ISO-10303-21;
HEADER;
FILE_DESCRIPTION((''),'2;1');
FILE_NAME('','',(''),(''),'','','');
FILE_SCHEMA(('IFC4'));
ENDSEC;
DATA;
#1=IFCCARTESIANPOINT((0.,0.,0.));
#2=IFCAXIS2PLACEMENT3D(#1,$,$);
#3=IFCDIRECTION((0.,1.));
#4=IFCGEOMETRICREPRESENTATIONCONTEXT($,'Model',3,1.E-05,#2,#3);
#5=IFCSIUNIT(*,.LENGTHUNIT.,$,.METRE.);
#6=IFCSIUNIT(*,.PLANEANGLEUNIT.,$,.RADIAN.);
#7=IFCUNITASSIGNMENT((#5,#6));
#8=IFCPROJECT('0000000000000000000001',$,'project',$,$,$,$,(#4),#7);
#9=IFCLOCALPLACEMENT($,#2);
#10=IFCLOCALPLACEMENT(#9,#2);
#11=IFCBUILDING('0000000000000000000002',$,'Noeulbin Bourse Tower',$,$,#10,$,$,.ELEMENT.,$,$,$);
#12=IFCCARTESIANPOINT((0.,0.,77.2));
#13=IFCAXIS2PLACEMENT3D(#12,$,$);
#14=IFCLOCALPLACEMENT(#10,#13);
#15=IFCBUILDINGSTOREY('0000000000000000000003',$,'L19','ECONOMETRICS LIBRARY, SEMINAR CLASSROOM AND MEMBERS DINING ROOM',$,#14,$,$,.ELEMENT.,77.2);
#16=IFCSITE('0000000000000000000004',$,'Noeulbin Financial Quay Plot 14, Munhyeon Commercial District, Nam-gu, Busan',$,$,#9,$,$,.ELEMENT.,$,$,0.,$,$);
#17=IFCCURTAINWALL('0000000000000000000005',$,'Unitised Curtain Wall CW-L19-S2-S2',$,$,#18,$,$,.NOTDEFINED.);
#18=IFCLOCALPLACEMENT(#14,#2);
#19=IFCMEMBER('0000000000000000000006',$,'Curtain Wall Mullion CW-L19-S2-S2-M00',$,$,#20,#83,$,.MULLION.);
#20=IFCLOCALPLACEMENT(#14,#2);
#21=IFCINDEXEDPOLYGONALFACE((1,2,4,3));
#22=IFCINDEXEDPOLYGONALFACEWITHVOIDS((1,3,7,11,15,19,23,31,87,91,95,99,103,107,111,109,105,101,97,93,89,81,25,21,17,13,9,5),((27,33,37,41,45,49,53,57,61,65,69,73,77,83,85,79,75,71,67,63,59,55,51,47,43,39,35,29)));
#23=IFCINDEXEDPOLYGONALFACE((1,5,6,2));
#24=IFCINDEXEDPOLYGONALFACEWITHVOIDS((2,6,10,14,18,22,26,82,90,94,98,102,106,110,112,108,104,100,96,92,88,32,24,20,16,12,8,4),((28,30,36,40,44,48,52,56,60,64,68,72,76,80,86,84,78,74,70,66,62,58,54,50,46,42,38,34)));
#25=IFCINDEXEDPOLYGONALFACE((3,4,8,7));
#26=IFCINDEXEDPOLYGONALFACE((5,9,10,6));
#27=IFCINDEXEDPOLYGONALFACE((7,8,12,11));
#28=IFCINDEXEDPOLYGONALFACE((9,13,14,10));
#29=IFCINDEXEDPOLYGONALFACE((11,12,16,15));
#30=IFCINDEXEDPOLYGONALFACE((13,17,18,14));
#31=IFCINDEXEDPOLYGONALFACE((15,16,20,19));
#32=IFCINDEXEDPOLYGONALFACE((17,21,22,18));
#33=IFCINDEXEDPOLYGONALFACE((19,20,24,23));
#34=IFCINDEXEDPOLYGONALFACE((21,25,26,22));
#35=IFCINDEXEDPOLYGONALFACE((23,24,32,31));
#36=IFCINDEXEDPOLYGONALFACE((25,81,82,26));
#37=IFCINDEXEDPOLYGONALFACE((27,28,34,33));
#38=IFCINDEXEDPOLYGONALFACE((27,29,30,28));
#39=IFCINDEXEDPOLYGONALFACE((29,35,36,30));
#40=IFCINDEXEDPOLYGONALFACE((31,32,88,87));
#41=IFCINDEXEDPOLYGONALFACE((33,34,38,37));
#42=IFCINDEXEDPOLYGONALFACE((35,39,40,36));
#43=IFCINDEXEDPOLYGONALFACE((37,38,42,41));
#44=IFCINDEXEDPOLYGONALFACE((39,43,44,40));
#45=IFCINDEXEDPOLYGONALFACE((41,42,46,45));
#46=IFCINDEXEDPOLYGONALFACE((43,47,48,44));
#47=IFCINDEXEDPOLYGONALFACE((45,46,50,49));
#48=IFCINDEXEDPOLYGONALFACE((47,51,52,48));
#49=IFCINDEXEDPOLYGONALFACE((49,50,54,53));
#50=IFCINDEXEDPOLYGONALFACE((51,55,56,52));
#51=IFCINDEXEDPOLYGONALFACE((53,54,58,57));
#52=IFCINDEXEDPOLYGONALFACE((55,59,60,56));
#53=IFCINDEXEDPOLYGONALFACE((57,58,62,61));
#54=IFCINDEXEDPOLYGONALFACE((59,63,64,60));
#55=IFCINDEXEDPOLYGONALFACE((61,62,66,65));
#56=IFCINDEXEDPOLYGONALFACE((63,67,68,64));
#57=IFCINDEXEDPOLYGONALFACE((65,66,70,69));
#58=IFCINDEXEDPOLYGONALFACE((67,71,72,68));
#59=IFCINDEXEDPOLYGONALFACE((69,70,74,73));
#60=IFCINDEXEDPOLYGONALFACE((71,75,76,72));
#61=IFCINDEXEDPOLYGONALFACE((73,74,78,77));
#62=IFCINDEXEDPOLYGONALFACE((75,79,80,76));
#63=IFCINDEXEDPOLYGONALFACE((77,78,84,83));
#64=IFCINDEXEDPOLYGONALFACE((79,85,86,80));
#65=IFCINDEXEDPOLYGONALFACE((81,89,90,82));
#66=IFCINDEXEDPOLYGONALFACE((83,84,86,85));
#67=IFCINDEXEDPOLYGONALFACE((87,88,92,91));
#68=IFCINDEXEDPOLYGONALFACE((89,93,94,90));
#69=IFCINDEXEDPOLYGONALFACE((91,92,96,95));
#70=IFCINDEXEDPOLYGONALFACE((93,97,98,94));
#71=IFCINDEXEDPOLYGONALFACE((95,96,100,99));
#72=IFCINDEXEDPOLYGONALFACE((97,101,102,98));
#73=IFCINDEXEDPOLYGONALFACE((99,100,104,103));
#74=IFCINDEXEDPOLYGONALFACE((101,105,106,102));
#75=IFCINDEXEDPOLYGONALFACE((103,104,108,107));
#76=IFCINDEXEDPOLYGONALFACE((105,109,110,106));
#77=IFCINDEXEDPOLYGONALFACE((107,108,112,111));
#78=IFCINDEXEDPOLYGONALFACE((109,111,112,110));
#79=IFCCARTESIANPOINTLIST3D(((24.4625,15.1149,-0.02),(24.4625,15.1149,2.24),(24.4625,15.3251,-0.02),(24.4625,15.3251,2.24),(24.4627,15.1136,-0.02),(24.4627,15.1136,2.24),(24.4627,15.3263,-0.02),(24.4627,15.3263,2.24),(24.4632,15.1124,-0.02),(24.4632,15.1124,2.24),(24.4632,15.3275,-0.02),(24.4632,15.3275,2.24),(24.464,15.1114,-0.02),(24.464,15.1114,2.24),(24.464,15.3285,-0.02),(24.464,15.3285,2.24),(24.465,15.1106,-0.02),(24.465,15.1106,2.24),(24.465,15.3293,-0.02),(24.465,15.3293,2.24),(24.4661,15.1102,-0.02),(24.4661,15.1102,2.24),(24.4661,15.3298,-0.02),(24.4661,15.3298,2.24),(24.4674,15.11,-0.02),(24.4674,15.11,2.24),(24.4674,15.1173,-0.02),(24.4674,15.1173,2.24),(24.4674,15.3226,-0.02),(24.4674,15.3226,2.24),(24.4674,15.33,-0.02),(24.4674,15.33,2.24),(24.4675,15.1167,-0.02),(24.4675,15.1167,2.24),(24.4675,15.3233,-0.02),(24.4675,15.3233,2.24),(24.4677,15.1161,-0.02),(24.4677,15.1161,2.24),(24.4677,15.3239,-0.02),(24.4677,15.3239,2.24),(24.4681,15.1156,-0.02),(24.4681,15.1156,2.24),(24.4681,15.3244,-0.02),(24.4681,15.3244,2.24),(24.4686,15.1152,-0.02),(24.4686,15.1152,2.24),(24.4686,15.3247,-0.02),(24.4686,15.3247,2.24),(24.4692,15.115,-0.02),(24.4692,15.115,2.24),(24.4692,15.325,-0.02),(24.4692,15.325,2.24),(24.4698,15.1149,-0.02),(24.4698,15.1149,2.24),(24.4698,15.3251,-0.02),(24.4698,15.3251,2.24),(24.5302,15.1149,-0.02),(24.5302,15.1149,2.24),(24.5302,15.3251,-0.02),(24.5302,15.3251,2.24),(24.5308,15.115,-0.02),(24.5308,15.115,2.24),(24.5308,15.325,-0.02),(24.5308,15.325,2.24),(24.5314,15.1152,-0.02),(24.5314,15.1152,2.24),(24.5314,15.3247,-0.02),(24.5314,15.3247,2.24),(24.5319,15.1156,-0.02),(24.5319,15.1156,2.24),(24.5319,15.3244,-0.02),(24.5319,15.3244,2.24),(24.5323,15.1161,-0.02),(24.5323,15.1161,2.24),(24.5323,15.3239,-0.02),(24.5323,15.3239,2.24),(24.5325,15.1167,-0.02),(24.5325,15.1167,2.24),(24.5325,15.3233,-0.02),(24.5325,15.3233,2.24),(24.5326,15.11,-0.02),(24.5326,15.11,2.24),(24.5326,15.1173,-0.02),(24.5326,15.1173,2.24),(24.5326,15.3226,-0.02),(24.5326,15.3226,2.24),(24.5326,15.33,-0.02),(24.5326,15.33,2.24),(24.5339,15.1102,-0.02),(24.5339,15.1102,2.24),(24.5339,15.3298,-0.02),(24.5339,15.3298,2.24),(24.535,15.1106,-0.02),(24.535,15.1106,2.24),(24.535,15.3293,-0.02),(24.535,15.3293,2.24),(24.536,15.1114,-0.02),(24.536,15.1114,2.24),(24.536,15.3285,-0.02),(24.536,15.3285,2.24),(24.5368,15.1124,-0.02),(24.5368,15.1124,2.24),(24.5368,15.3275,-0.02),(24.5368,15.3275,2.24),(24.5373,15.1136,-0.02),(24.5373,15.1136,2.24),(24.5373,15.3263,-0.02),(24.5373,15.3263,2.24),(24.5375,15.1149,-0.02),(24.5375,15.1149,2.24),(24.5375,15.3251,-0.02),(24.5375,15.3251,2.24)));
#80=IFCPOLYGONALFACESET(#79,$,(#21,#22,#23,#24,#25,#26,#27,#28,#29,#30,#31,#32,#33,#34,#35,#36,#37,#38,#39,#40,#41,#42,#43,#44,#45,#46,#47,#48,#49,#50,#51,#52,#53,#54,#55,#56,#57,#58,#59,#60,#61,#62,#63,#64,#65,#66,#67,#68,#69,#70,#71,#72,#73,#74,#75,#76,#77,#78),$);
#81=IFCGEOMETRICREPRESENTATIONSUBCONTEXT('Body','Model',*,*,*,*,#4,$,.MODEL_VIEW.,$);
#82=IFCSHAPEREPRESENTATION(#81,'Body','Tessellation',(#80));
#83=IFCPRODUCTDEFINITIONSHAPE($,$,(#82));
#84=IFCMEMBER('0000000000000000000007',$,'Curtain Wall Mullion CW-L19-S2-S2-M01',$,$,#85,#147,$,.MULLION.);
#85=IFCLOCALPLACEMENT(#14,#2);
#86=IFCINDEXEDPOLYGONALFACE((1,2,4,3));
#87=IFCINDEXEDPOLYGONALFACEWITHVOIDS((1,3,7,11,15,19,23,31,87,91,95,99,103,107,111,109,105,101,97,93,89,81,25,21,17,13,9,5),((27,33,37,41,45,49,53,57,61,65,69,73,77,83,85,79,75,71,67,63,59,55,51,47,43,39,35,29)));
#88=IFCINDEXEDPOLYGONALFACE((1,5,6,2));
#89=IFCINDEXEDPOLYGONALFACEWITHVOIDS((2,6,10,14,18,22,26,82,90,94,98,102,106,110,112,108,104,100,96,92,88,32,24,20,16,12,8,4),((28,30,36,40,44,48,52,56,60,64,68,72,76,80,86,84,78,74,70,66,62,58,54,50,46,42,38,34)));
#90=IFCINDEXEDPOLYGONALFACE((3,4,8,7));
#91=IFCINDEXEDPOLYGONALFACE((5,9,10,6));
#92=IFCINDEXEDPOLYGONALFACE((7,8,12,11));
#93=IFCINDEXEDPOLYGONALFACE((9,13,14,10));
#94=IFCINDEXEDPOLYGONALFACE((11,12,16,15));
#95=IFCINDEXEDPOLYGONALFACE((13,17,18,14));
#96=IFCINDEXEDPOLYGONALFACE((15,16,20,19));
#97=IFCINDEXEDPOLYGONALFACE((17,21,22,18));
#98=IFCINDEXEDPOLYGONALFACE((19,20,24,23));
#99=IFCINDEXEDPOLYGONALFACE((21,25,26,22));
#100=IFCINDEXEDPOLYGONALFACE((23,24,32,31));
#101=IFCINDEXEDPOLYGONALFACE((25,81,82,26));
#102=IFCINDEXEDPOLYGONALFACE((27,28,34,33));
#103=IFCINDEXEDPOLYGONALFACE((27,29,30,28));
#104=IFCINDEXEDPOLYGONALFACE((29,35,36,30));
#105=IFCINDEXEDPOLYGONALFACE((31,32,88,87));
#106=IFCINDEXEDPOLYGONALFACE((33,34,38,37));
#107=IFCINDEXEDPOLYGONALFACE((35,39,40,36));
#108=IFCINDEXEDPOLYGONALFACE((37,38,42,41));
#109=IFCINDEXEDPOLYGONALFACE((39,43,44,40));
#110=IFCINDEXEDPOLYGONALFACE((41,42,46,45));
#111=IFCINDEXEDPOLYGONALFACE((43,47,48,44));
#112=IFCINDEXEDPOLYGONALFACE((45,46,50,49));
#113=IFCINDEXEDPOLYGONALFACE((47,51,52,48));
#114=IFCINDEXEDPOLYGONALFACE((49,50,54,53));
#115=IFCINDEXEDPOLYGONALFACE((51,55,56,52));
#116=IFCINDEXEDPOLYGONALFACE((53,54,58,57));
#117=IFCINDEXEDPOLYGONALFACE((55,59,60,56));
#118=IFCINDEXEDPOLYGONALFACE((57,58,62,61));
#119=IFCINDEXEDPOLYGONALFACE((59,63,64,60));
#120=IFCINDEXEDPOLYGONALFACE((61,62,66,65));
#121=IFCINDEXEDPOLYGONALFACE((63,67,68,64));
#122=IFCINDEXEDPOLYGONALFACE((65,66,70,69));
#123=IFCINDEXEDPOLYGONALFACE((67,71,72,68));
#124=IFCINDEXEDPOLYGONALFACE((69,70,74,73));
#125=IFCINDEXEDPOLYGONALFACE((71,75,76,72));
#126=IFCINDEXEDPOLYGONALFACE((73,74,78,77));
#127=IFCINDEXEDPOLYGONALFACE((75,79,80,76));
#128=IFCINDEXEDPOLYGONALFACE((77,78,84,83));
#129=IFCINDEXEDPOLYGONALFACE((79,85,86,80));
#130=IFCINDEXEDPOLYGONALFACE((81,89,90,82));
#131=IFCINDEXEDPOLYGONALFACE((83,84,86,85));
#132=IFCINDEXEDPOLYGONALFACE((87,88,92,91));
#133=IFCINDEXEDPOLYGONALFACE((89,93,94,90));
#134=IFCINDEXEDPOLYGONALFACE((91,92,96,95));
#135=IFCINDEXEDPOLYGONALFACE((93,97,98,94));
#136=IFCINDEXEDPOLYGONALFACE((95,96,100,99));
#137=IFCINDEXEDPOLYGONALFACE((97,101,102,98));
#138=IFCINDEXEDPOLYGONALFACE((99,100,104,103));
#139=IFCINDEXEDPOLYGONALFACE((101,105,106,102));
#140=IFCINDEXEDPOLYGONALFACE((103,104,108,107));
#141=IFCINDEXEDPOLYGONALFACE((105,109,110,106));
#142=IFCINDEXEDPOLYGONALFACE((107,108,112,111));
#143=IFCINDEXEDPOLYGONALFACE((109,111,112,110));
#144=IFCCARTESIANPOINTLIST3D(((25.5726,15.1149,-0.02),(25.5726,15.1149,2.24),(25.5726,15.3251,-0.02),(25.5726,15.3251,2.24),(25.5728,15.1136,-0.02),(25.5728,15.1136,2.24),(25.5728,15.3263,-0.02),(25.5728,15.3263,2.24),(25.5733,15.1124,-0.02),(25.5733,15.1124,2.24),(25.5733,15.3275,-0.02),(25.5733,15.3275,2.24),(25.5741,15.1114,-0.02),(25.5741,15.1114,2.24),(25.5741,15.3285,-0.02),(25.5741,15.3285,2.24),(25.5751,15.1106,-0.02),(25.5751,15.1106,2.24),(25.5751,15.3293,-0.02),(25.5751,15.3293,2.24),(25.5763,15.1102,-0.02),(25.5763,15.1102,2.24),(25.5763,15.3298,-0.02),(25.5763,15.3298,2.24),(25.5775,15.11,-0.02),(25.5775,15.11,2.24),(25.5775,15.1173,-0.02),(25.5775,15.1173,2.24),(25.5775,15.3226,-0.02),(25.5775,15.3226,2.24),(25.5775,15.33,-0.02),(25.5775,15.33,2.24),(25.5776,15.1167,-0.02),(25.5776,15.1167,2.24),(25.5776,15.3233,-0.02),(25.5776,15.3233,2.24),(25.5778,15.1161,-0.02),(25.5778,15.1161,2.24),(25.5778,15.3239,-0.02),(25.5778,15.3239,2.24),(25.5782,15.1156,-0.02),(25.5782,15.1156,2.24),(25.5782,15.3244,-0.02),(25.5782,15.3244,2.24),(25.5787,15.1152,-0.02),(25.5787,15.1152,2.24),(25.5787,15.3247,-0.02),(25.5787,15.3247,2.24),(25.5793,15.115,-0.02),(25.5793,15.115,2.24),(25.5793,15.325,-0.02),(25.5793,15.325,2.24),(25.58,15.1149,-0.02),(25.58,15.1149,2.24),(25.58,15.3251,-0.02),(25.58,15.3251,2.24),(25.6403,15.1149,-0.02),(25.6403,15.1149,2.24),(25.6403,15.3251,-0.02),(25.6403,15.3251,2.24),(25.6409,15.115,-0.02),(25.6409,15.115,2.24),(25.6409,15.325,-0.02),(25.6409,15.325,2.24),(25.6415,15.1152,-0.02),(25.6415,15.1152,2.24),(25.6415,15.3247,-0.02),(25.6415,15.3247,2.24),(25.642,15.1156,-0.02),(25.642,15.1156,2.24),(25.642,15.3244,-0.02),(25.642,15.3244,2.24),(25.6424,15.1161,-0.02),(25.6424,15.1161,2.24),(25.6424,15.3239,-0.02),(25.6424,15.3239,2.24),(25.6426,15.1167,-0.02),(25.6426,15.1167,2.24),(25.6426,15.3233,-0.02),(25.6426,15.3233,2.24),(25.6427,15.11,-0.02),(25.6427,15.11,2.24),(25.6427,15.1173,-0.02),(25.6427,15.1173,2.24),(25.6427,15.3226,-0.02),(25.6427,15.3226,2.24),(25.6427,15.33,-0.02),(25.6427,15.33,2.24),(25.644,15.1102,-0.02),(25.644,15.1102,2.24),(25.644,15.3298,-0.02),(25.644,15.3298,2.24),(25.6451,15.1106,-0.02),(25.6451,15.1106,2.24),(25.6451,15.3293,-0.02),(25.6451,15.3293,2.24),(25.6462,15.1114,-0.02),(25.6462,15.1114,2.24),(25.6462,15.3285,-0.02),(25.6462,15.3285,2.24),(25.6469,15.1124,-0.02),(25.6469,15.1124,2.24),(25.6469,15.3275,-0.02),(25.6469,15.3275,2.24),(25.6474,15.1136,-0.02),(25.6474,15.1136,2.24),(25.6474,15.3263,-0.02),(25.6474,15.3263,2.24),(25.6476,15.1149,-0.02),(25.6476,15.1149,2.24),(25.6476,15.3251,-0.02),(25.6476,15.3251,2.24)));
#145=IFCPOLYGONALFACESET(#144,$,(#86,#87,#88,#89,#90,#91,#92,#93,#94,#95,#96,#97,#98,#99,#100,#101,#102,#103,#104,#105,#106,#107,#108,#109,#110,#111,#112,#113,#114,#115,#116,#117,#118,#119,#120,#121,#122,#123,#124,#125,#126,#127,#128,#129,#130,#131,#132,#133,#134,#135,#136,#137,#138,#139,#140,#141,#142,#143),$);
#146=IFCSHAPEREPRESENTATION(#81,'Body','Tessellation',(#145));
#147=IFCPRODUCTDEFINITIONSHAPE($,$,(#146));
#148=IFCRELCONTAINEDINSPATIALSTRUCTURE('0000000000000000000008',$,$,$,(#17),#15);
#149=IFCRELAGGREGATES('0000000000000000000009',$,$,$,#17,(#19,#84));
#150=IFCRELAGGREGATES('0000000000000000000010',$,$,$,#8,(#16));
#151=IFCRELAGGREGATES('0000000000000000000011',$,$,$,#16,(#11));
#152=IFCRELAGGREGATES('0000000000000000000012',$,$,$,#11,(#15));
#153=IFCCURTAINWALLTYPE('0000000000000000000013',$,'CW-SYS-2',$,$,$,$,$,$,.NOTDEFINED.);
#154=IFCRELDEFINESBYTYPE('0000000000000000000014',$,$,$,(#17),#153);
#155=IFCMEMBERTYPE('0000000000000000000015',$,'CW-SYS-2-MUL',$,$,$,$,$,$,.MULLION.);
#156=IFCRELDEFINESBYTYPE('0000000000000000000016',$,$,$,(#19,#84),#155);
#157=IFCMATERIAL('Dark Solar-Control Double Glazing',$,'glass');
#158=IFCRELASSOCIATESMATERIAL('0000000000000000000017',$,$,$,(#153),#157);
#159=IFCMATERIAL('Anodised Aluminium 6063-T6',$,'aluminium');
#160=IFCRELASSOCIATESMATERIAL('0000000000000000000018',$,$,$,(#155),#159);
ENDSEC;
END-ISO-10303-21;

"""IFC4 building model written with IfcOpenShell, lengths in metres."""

from ifc_helpers import new_model, si_unit, direction, frame, origin, origin_2d, place, context, subcontext, project, spatial, hollow_rectangle, extrude, material, material_profile, profile_set, type_object, element, aggregate, save


model = new_model("IFC4")

# Units and contexts
model_context = context("Model", 3, precision=1e-05, world=origin(), true_north=direction((0.0, 1.0)))
body_context = subcontext(model_context, "Body", "Model", "MODEL_VIEW")
ifc_project = project(units=[si_unit("LENGTHUNIT", "METRE"), si_unit("PLANEANGLEUNIT", "RADIAN")], contexts=[model_context])

# Site, building, storey
site_placement = place(None, origin())
site = spatial("IfcSite", under=ifc_project, at=site_placement, Name="Noeulbin Financial Quay Plot 14, Munhyeon Commercial District, Nam-gu, Busan", CompositionType="ELEMENT", RefElevation=0.0)
building_placement = place(site_placement, origin())
building = spatial("IfcBuilding", under=site, at=building_placement, Name="Noeulbin Bourse Tower", CompositionType="ELEMENT")
storey_placement = place(building_placement, frame((0.0, 0.0, 77.2)))
storey = spatial("IfcBuildingStorey", under=building, at=storey_placement, Name="L19", Description="ECONOMETRICS LIBRARY, SEMINAR CLASSROOM AND MEMBERS DINING ROOM", CompositionType="ELEMENT", Elevation=77.2)

# Shared definitions
ifc_material_1 = material(Name="Dark Solar-Control Double Glazing", Category="glass")
curtain_wall_type = type_object("IfcCurtainWallType", Name="CW-SYS-2", PredefinedType="NOTDEFINED", material=ifc_material_1)
ifc_material_2 = material(Name="Anodised Aluminium 6063-T6", Category="aluminium")
ifc_material_profile_1 = material_profile(ifc_material_2, hollow_rectangle(XDim=0.075, YDim=0.22, WallThickness=0.0049, InnerFilletRadius=0.0024, OuterFilletRadius=0.0049, at=origin_2d()), Name="ALU-MULL-75x220x5", Category="LoadBearing")
ifc_profile_set_1 = profile_set([ifc_material_profile_1], Name="Anodised Aluminium 6063-T6")
member_type_1 = type_object("IfcMemberType", Name="CW-SYS-2-MUL", PredefinedType="MULLION", material=ifc_profile_set_1)

# Curtain wall, members
curtain_wall_1_placement = place(storey_placement, origin())
curtain_wall_1 = element("IfcCurtainWall", 1, at=curtain_wall_1_placement, inside=storey, type_object=curtain_wall_type, Name="Unitised Curtain Wall CW-L19-S2-S2", PredefinedType="NOTDEFINED")
member_1_placement = place(storey_placement, frame((24.5, 15.22, -0.02), z_axis=(0.0, 0.0, 1.0), x_axis=(1.0, 0.0, 0.0)))
member_1 = element("IfcMember", 2, at=member_1_placement, type_object=member_type_1, Name="Curtain Wall Mullion CW-L19-S2-S2-M00", PredefinedType="MULLION", context=body_context, shape_type="SweptSolid", body=[
    extrude(hollow_rectangle(XDim=0.075, YDim=0.22, WallThickness=0.0049, InnerFilletRadius=0.0024, OuterFilletRadius=0.0049, at=origin_2d()), origin(), (0.0, 0.0, 1.0), 2.26),
])
member_2_placement = place(storey_placement, frame((25.6101, 15.22, -0.02), z_axis=(0.0, 0.0, 1.0), x_axis=(1.0, 0.0, 0.0)))
member_2 = element("IfcMember", 3, at=member_2_placement, type_object=member_type_1, Name="Curtain Wall Mullion CW-L19-S2-S2-M01", PredefinedType="MULLION", context=body_context, shape_type="SweptSolid", body=[
    extrude(hollow_rectangle(XDim=0.075, YDim=0.22, WallThickness=0.0049, InnerFilletRadius=0.0024, OuterFilletRadius=0.0049, at=origin_2d()), origin(), (0.0, 0.0, 1.0), 2.26),
])

aggregate(curtain_wall_1, [member_1, member_2])

save(model, "model.ifc")
